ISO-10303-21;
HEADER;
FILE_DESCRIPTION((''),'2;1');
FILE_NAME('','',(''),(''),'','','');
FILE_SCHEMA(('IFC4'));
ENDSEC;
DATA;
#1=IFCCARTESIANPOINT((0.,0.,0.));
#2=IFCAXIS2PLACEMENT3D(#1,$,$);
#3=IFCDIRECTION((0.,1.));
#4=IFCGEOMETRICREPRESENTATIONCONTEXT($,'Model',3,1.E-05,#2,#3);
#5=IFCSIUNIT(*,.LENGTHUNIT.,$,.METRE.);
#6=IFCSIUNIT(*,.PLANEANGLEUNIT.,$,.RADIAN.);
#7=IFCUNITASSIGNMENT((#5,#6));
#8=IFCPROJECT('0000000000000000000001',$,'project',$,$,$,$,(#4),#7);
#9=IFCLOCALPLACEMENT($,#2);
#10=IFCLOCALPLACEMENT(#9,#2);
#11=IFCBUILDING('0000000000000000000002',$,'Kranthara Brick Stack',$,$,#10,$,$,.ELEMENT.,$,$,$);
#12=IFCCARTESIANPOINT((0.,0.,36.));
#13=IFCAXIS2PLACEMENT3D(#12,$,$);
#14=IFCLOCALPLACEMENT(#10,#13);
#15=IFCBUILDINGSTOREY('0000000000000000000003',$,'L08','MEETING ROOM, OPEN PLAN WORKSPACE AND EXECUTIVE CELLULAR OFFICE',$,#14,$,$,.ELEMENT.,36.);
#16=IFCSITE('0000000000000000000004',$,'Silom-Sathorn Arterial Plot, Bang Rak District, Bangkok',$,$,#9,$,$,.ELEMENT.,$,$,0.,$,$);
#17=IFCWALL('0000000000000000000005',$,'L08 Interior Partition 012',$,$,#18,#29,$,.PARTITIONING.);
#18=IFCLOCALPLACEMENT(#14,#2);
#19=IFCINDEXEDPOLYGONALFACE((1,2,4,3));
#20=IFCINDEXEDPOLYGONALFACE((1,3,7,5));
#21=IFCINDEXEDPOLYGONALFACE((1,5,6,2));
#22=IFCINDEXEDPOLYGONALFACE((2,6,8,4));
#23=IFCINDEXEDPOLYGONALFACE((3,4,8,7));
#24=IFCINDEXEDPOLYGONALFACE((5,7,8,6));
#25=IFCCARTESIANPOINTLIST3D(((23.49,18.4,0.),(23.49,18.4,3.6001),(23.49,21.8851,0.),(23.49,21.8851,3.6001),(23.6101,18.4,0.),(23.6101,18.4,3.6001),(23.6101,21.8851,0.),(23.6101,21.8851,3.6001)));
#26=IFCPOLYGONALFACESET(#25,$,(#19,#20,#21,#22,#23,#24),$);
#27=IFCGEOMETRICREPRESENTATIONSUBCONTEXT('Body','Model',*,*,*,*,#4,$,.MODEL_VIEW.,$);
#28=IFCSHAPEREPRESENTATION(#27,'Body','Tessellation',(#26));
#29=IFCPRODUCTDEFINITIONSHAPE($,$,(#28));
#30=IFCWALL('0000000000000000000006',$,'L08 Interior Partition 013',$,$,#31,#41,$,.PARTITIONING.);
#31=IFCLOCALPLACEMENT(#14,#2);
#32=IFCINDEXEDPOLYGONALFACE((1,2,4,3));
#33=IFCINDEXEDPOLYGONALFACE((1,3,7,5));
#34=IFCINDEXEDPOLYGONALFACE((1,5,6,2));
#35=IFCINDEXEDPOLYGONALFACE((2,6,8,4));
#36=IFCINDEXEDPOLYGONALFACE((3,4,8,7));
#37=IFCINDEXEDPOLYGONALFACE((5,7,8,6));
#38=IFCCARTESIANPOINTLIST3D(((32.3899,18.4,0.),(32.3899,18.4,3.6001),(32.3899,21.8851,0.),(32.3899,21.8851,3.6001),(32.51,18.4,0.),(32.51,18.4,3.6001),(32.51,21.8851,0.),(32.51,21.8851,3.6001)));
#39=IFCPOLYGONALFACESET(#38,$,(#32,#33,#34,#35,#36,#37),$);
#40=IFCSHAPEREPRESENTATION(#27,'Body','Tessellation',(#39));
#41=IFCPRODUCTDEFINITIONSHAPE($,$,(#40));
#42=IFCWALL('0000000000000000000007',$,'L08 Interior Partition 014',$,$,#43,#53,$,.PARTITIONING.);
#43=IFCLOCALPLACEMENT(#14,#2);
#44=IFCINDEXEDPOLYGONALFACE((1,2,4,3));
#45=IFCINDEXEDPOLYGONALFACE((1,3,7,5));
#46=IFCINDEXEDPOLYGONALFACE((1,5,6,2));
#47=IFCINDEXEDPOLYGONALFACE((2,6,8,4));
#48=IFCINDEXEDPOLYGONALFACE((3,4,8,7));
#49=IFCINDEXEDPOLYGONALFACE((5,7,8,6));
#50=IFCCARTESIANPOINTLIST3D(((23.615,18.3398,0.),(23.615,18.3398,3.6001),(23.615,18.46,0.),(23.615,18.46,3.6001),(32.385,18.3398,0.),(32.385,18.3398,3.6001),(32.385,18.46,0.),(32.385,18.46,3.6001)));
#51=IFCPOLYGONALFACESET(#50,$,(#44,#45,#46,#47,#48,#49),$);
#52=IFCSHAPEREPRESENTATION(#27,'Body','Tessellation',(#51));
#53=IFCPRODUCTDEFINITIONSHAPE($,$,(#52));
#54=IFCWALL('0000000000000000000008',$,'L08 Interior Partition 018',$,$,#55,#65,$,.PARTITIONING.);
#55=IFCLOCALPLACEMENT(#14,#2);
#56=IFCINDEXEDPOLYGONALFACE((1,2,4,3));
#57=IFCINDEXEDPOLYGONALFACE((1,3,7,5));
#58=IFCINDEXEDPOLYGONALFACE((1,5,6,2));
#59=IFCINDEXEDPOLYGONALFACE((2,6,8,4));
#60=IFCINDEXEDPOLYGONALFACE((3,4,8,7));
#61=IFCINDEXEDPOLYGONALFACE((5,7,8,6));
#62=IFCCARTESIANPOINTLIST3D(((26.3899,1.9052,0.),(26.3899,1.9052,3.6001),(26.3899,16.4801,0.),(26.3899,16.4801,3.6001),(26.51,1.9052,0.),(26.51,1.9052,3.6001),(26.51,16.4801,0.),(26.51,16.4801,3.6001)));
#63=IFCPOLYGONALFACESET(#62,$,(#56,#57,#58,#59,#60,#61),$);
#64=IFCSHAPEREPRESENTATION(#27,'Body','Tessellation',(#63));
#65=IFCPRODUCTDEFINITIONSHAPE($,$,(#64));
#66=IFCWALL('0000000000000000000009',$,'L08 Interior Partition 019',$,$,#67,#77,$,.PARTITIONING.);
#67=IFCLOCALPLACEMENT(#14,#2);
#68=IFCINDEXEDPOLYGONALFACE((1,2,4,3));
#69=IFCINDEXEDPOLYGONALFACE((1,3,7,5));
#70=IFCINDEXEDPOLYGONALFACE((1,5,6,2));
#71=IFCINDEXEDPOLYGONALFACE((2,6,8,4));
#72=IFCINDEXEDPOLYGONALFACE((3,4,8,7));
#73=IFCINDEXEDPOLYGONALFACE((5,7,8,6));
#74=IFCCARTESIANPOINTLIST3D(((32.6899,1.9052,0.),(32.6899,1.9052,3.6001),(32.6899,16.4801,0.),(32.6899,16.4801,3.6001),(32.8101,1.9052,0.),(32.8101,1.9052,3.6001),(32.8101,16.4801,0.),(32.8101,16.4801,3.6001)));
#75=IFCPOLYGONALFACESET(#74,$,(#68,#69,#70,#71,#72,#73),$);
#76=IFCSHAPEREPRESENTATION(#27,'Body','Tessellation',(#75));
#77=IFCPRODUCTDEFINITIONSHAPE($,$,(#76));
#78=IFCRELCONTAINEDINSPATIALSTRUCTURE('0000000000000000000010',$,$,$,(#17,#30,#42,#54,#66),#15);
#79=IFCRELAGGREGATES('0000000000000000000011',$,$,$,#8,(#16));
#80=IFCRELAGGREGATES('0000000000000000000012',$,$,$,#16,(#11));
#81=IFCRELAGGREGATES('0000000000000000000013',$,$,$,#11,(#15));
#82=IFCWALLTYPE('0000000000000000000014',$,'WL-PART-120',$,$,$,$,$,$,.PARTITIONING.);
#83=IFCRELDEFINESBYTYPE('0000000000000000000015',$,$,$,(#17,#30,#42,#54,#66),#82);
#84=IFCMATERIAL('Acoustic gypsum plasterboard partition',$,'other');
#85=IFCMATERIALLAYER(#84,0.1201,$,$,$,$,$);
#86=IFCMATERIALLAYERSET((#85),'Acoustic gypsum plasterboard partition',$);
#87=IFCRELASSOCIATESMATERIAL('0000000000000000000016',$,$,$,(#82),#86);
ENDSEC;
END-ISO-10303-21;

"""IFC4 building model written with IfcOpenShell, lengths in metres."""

from ifc_helpers import new_model, si_unit, direction, frame, frame_2d, origin, place, context, subcontext, project, spatial, rectangle, extrude, material, layer, layer_set, type_object, element, save


model = new_model("IFC4")

# Units and contexts
model_context = context("Model", 3, precision=1e-05, world=origin(), true_north=direction((0.0, 1.0)))
body_context = subcontext(model_context, "Body", "Model", "MODEL_VIEW")
ifc_project = project(units=[si_unit("LENGTHUNIT", "METRE"), si_unit("PLANEANGLEUNIT", "RADIAN")], contexts=[model_context])

# Site, building, storey
site_placement = place(None, origin())
site = spatial("IfcSite", under=ifc_project, at=site_placement, Name="Silom-Sathorn Arterial Plot, Bang Rak District, Bangkok", CompositionType="ELEMENT", RefElevation=0.0)
building_placement = place(site_placement, origin())
building = spatial("IfcBuilding", under=site, at=building_placement, Name="Kranthara Brick Stack", CompositionType="ELEMENT")
storey_placement = place(building_placement, frame((0.0, 0.0, 36.0)))
storey = spatial("IfcBuildingStorey", under=building, at=storey_placement, Name="L08", Description="MEETING ROOM, OPEN PLAN WORKSPACE AND EXECUTIVE CELLULAR OFFICE", CompositionType="ELEMENT", Elevation=36.0)

# Shared definitions
ifc_material_1 = material(Name="Acoustic gypsum plasterboard partition", Category="other")
ifc_layer = layer(ifc_material_1, 0.1201)
ifc_layer_set = layer_set([ifc_layer], Name="Acoustic gypsum plasterboard partition")
wall_type = type_object("IfcWallType", Name="WL-PART-120", PredefinedType="PARTITIONING", material=ifc_layer_set)

# Walls
for number, where, z_axis, x_axis, name in (
    (1, (23.55, 18.3999, 0.0), (0.0, 0.0, 1.0), (0.0, 1.0, 0.0), "L08 Interior Partition 012"),
    (2, (32.45, 18.3999, 0.0), (0.0, 0.0, 1.0), (0.0, 1.0, 0.0), "L08 Interior Partition 013"),
):
    element("IfcWall", number, at=place(storey_placement, frame(where, z_axis=z_axis, x_axis=x_axis)), inside=storey, type_object=wall_type, Name=name, PredefinedType="PARTITIONING", context=body_context, shape_type="SweptSolid", body=[
        extrude(rectangle(XDim=3.4851, YDim=0.1201, at=frame_2d((1.7427, 0.0))), origin(), (0.0, 0.0, 1.0), 3.6001),
    ])
wall_1_placement = place(storey_placement, frame((23.615, 18.3999, 0.0), z_axis=(0.0, 0.0, 1.0), x_axis=(1.0, 0.0, 0.0)))
element("IfcWall", 3, at=wall_1_placement, inside=storey, type_object=wall_type, Name="L08 Interior Partition 014", PredefinedType="PARTITIONING", context=body_context, shape_type="SweptSolid", body=[
    extrude(rectangle(XDim=8.77, YDim=0.1201, at=frame_2d((4.385, 0.0))), origin(), (0.0, 0.0, 1.0), 3.6001),
])
for number, where, z_axis, x_axis, name in (
    (4, (26.45, 1.905, 0.0), (0.0, 0.0, 1.0), (0.0, 1.0, 0.0), "L08 Interior Partition 018"),
    (5, (32.75, 1.905, 0.0), (0.0, 0.0, 1.0), (0.0, 1.0, 0.0), "L08 Interior Partition 019"),
):
    element("IfcWall", number, at=place(storey_placement, frame(where, z_axis=z_axis, x_axis=x_axis)), inside=storey, type_object=wall_type, Name=name, PredefinedType="PARTITIONING", context=body_context, shape_type="SweptSolid", body=[
        extrude(rectangle(XDim=14.575, YDim=0.1201, at=frame_2d((7.2876, 0.0))), origin(), (0.0, 0.0, 1.0), 3.6001),
    ])

save(model, "model.ifc")
